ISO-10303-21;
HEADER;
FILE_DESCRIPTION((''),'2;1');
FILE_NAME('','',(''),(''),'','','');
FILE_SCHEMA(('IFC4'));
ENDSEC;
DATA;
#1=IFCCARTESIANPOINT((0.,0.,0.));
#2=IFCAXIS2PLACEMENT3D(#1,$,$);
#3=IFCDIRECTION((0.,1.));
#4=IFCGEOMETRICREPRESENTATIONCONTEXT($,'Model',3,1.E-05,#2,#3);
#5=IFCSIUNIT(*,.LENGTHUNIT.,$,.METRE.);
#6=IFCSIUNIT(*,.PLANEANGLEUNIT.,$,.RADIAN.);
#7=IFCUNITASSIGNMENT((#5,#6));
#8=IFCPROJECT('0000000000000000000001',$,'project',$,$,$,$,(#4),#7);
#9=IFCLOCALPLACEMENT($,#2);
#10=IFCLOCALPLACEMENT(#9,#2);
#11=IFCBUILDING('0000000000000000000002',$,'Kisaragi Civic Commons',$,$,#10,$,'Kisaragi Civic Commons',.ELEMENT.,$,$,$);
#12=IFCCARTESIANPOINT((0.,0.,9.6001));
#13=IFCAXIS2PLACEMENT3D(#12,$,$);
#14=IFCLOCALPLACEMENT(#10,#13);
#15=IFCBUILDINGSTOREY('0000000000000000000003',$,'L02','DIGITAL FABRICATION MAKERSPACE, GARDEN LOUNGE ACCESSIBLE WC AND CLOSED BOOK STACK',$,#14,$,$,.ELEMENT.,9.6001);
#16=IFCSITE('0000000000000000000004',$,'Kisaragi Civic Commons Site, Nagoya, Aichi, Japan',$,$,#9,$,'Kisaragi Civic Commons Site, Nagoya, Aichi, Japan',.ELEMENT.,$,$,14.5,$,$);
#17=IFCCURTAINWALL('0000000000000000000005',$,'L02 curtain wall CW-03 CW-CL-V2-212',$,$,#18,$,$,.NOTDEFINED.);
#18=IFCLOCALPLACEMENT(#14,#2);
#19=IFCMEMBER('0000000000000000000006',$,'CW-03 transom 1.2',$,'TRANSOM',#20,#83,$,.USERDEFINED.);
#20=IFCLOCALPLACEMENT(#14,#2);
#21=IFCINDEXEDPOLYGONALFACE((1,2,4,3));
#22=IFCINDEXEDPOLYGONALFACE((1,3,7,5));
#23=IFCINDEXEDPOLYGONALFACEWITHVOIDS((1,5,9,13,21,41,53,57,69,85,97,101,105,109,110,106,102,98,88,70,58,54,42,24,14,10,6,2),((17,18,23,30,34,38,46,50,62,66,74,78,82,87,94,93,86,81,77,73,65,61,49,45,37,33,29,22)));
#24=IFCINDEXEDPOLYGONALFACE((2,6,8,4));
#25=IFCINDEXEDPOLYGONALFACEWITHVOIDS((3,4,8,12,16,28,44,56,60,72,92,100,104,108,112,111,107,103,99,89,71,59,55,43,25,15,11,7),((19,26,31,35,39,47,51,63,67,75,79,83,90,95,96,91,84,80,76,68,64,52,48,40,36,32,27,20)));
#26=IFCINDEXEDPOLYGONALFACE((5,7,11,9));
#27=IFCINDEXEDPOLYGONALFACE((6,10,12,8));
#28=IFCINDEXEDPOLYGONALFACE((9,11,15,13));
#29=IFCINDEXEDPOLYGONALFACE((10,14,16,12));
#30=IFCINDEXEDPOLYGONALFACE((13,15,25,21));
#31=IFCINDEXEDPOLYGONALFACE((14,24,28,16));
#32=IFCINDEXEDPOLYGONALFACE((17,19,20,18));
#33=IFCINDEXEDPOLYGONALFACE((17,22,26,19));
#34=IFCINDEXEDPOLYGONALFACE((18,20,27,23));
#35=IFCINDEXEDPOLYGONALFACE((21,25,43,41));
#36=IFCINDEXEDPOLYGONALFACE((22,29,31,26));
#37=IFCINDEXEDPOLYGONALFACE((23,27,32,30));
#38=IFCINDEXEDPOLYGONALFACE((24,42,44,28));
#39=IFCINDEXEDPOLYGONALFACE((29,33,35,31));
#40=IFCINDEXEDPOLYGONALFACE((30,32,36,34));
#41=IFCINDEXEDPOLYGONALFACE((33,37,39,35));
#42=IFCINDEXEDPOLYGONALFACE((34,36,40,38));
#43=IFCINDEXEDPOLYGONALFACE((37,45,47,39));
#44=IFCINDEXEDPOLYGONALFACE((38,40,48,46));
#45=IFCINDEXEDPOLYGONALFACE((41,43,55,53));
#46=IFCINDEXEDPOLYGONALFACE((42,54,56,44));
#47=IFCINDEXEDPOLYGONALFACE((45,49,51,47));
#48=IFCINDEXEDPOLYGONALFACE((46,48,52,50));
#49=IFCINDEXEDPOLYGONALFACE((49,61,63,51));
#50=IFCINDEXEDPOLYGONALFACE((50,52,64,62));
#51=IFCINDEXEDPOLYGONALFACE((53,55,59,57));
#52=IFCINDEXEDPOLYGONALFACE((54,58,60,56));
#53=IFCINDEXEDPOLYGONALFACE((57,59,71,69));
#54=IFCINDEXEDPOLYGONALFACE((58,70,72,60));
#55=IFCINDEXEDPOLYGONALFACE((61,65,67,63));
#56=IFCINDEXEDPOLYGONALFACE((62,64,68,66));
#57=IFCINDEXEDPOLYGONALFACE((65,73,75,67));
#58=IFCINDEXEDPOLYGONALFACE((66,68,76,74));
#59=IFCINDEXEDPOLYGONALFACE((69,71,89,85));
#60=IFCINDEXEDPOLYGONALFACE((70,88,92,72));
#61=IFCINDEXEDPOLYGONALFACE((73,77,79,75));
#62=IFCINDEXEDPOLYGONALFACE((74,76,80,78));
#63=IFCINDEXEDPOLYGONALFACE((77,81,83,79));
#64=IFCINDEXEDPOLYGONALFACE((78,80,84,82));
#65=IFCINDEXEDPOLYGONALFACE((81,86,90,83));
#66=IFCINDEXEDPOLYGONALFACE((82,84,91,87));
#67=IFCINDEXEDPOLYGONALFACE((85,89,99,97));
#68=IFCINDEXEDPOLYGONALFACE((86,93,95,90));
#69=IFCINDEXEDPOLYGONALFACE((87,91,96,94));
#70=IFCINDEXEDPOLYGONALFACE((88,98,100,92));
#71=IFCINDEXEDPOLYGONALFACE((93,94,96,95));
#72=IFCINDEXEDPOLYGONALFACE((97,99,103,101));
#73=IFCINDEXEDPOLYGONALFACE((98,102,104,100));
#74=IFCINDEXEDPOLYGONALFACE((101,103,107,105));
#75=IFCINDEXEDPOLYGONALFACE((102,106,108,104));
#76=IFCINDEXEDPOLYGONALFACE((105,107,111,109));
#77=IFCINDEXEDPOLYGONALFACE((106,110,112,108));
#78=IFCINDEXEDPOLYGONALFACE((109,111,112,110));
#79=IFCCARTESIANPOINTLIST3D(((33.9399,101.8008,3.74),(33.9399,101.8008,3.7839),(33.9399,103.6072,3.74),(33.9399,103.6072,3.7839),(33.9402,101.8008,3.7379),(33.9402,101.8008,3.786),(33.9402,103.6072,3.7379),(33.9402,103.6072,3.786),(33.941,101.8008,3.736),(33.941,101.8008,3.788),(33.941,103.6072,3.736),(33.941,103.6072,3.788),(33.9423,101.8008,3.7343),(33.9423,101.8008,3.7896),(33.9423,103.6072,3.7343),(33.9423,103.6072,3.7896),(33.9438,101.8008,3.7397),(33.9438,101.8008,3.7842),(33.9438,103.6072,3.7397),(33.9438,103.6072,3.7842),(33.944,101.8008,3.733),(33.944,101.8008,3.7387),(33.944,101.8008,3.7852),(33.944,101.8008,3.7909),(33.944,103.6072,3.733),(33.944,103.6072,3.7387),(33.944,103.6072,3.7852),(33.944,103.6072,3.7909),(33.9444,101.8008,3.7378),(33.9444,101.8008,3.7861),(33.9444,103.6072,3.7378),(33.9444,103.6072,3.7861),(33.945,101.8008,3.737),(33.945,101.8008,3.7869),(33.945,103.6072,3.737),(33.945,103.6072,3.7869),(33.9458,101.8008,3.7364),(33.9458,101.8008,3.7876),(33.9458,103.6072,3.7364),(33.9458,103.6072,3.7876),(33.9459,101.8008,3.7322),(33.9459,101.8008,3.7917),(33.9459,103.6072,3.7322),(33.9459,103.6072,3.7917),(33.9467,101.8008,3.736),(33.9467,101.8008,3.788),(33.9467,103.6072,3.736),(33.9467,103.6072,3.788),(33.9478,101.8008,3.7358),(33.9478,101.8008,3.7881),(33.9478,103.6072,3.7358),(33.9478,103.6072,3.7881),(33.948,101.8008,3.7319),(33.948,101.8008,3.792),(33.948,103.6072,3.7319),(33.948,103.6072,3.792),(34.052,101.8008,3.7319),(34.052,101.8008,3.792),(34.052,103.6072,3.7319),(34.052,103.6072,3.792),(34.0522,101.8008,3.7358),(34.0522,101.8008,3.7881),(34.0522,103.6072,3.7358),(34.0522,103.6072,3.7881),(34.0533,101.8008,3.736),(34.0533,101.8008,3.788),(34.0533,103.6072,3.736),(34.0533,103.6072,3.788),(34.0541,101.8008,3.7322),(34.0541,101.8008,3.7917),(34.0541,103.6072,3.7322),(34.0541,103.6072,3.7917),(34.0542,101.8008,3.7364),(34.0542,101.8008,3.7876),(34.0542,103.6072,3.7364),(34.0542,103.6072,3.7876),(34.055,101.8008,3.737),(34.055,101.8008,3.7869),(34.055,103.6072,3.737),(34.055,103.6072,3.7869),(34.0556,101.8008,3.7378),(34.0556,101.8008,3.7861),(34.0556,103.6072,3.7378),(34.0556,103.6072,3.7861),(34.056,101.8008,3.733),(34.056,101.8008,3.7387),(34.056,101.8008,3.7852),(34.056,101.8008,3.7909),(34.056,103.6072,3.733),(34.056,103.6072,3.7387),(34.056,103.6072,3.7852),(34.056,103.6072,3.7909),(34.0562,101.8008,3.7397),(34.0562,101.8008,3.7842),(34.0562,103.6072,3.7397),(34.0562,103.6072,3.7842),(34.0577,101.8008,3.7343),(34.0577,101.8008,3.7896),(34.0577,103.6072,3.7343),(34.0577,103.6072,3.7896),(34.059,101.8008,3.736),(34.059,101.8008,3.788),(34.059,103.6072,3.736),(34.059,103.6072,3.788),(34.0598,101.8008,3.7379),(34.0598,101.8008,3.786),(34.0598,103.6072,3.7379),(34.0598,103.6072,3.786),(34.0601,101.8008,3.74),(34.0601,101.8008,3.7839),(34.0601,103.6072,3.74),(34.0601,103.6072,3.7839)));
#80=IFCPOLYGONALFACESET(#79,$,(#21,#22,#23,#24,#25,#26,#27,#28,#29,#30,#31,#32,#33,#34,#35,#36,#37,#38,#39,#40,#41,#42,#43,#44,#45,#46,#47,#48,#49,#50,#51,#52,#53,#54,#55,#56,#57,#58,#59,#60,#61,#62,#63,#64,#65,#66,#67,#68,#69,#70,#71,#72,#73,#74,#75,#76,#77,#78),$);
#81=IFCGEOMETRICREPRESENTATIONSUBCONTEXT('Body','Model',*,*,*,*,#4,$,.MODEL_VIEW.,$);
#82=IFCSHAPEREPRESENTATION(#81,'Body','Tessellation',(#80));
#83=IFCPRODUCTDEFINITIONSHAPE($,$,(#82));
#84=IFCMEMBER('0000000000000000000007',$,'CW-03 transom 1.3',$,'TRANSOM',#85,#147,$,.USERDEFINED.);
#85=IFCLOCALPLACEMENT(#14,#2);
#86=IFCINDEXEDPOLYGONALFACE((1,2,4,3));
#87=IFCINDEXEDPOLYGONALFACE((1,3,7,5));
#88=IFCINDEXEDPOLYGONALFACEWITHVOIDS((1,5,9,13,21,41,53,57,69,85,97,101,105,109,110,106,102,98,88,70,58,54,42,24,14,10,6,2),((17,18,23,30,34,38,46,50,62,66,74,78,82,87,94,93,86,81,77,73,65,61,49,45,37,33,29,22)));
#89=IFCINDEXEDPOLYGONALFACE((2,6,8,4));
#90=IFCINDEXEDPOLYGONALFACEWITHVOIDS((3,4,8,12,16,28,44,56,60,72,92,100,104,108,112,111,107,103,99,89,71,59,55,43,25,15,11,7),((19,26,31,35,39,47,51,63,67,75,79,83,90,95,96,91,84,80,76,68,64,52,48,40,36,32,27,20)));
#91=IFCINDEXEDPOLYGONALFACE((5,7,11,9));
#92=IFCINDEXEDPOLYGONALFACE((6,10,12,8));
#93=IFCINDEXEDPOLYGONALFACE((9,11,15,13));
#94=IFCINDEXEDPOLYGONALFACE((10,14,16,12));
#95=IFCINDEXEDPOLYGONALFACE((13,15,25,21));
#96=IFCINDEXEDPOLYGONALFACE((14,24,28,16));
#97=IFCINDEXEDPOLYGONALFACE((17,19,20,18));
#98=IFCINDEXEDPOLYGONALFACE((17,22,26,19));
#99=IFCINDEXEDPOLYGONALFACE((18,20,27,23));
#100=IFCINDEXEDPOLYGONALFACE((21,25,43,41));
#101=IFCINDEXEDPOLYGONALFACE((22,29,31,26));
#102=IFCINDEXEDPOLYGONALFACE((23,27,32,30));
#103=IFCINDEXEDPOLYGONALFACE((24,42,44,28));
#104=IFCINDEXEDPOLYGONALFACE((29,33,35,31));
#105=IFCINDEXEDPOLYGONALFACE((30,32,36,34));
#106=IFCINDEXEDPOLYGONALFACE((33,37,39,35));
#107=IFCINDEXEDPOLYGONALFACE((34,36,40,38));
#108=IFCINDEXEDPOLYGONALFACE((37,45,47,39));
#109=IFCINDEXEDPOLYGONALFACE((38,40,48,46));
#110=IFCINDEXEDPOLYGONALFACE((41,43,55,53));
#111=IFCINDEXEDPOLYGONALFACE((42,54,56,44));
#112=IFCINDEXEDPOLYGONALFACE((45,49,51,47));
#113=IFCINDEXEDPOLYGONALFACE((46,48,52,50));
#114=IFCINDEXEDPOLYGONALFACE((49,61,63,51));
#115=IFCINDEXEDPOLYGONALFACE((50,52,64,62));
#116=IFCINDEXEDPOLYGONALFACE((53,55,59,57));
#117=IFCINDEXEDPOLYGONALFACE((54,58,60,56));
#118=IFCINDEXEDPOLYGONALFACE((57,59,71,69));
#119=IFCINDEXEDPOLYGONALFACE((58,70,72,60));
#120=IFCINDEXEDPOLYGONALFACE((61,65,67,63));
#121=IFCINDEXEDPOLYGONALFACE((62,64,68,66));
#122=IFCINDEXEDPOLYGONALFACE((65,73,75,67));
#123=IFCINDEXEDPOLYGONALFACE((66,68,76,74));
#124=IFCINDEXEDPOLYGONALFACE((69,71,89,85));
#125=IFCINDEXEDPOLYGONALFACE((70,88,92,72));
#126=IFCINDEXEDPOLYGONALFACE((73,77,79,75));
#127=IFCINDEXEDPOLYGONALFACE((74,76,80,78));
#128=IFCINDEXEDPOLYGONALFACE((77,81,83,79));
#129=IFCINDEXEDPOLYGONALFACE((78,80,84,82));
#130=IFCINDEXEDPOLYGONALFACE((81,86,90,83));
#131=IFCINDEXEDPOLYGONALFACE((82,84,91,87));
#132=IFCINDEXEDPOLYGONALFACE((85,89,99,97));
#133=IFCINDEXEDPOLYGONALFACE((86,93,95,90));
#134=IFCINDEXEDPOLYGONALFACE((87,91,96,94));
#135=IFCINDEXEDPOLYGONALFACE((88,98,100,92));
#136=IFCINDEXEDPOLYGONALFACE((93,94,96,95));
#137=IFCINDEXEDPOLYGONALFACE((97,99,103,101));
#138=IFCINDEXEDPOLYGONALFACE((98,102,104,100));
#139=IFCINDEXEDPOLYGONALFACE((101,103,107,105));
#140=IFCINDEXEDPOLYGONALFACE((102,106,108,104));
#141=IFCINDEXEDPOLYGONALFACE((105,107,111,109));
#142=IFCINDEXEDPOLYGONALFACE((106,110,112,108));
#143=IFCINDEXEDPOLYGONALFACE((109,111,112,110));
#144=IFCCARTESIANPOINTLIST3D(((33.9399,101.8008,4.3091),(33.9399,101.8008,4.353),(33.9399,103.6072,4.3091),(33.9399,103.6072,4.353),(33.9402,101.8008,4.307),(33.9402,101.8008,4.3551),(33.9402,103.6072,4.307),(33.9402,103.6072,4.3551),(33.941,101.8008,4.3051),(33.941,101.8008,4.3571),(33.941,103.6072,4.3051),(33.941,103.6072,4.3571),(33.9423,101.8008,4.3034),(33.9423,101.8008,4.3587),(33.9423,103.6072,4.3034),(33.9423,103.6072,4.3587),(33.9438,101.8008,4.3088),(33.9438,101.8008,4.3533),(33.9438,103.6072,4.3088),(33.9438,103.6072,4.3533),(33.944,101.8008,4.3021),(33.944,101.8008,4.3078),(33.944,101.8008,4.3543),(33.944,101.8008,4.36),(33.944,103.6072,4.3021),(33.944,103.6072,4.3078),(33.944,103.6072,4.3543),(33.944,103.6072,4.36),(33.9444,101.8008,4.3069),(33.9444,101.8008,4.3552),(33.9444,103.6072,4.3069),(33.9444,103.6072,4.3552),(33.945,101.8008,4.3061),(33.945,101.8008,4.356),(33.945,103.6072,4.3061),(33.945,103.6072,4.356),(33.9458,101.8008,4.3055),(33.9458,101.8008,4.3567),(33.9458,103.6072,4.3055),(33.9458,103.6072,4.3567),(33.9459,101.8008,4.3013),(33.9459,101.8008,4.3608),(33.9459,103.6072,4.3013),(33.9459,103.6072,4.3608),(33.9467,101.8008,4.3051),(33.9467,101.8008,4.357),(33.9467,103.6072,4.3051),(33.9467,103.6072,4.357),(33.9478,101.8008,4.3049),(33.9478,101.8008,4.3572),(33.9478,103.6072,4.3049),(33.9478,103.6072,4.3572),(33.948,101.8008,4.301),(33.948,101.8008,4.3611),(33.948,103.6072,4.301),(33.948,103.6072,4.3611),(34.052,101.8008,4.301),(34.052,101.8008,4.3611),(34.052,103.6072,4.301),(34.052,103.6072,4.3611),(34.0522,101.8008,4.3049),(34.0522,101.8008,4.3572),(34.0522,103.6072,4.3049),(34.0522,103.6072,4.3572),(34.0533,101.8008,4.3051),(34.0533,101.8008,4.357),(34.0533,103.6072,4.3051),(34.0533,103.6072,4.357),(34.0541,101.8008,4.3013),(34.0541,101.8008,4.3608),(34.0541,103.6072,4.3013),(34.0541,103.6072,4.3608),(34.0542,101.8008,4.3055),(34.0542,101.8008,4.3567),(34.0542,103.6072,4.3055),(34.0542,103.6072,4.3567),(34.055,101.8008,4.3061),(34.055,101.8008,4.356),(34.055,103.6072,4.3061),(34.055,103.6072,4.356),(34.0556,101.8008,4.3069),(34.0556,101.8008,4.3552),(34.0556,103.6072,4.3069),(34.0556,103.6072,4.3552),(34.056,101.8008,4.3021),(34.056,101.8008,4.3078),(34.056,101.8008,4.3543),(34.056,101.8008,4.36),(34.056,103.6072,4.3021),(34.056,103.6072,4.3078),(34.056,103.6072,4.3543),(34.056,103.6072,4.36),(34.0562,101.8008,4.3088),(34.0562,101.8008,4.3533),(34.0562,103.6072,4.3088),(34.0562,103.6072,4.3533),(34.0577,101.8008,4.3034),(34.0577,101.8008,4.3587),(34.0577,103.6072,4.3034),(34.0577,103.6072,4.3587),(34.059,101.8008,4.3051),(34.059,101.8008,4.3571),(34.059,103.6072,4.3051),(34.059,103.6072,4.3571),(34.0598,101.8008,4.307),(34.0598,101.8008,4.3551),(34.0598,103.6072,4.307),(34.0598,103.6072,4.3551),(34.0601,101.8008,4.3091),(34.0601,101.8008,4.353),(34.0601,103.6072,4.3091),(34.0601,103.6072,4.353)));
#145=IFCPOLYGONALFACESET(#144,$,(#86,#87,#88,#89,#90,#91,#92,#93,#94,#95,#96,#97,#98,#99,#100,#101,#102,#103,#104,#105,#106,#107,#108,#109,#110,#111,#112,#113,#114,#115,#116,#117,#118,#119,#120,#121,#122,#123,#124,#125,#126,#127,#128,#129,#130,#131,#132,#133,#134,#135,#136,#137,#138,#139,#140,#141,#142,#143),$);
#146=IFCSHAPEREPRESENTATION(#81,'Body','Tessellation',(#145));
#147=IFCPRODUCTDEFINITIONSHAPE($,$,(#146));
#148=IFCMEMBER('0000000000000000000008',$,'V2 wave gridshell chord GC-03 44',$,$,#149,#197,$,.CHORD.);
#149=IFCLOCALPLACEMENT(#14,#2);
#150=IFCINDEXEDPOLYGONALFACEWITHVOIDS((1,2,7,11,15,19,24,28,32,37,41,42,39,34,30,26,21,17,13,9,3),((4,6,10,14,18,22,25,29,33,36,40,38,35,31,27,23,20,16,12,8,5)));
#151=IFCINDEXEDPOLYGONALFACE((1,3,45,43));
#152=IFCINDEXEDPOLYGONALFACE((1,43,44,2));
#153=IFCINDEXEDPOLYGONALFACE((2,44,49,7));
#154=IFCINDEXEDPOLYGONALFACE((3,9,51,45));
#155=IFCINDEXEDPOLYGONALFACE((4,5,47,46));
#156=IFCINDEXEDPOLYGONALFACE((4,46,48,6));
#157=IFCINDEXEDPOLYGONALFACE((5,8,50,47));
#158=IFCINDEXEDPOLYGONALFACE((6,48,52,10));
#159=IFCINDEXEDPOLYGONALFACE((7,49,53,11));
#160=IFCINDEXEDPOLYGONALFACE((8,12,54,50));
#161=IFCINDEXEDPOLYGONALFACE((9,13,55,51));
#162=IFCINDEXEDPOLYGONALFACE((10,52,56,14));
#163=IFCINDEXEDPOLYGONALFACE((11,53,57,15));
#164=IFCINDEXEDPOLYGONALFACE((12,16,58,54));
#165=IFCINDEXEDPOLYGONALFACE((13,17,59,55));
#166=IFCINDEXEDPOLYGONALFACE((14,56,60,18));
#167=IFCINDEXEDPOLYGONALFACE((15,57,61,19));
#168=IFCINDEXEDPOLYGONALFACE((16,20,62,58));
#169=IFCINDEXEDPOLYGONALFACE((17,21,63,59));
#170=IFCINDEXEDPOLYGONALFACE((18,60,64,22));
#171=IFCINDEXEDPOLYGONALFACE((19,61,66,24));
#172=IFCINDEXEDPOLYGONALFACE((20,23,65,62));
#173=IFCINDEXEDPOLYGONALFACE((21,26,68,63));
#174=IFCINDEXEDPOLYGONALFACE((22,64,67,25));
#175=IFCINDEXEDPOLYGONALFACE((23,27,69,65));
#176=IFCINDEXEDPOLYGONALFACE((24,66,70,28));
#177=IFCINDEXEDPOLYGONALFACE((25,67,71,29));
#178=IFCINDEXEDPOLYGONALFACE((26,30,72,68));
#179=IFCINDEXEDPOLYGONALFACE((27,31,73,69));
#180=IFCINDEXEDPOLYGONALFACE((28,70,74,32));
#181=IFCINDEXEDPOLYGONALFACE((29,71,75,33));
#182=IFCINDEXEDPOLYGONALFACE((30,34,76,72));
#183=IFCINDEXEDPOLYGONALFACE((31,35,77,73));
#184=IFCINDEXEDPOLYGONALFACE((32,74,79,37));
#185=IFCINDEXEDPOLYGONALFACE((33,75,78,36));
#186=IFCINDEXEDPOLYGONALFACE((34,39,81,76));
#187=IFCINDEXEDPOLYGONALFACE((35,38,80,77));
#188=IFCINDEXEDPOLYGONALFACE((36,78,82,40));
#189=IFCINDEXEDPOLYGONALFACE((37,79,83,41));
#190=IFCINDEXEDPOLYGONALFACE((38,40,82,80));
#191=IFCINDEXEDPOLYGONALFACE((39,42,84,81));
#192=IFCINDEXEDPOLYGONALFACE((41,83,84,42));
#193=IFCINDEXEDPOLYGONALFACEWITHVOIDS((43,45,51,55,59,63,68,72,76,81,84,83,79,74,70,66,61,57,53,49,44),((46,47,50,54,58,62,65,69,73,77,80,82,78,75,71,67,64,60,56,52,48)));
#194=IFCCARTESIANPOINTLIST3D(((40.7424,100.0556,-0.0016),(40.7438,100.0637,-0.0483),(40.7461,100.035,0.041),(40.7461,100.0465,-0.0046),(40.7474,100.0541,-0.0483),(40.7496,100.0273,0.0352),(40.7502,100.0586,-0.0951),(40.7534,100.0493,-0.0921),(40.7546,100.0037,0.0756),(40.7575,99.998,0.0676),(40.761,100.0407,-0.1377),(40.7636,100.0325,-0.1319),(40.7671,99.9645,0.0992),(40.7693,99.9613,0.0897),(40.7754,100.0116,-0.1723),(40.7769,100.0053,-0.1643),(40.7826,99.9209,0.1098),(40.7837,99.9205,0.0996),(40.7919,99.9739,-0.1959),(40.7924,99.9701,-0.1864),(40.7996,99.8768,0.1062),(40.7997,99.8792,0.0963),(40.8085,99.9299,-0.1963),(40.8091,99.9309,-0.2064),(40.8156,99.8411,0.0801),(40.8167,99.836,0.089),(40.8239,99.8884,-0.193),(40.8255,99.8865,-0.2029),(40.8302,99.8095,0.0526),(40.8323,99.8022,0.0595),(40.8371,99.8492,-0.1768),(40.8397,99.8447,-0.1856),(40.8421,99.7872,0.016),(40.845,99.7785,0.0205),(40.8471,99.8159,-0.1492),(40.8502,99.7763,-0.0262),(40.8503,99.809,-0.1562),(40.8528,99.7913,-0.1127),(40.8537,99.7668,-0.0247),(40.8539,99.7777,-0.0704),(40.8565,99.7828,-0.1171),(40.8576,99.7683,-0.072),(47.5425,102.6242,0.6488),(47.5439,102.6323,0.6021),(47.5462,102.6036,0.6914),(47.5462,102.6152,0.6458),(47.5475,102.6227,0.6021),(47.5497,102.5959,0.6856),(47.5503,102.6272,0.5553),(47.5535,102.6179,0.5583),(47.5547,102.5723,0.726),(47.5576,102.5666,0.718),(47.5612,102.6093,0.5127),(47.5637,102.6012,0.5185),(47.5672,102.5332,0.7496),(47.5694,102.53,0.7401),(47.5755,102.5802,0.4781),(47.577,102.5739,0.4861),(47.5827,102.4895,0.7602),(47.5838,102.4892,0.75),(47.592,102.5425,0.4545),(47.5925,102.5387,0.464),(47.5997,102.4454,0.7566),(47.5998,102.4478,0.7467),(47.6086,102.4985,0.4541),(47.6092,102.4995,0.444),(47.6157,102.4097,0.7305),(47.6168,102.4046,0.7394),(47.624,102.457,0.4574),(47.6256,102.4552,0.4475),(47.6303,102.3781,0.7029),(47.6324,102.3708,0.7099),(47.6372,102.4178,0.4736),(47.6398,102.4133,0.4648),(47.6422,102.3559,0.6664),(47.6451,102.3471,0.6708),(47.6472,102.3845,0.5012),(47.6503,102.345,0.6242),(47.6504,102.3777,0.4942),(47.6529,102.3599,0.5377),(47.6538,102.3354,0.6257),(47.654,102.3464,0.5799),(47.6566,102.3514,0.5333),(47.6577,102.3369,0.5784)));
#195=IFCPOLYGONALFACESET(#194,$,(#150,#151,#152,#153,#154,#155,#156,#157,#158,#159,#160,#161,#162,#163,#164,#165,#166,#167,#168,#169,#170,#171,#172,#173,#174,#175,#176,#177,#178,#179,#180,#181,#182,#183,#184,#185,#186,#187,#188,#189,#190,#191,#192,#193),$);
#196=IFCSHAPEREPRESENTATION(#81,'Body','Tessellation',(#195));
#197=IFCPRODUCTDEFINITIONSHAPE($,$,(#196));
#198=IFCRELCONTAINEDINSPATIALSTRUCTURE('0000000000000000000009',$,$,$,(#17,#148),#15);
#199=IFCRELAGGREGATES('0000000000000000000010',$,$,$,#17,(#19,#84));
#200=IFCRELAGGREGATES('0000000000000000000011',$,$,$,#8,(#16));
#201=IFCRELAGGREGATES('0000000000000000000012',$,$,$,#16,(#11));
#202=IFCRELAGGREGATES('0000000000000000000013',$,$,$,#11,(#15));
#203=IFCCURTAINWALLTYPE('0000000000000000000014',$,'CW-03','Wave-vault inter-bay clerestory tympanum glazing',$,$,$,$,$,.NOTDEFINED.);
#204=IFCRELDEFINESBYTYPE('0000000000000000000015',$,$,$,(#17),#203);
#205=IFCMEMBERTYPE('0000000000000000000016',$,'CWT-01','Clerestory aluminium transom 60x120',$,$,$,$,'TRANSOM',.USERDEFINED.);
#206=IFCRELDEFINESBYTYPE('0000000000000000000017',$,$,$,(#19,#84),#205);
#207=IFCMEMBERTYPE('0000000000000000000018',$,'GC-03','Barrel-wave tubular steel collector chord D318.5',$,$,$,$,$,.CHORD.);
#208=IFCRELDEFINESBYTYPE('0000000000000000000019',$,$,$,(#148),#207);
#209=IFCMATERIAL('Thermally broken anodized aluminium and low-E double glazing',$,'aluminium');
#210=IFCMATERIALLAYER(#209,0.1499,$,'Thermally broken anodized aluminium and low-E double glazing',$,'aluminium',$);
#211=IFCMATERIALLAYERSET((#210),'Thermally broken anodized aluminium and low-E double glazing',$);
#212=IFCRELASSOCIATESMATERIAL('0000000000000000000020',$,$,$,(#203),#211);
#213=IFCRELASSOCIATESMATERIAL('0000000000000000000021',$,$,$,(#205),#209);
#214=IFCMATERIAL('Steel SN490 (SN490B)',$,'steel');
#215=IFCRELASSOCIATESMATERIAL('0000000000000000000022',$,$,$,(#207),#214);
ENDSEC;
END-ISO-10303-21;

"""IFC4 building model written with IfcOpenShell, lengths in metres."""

from ifc_helpers import new_model, si_unit, direction, frame, origin, origin_2d, place, context, subcontext, project, spatial, hollow_rectangle, hollow_circle, extrude, material, layer, layer_set, material_profile, profile_set, type_object, element, aggregate, save


model = new_model("IFC4")

# Units and contexts
model_context = context("Model", 3, precision=1e-05, world=origin(), true_north=direction((0.0, 1.0)))
body_context = subcontext(model_context, "Body", "Model", "MODEL_VIEW")
ifc_project = project(units=[si_unit("LENGTHUNIT", "METRE"), si_unit("PLANEANGLEUNIT", "RADIAN")], contexts=[model_context])

# Site, building, storey
site_placement = place(None, origin())
site = spatial("IfcSite", under=ifc_project, at=site_placement, Name="Kisaragi Civic Commons Site, Nagoya, Aichi, Japan", LongName="Kisaragi Civic Commons Site, Nagoya, Aichi, Japan", CompositionType="ELEMENT", RefElevation=14.5)
building_placement = place(site_placement, origin())
building = spatial("IfcBuilding", under=site, at=building_placement, Name="Kisaragi Civic Commons", LongName="Kisaragi Civic Commons", CompositionType="ELEMENT")
storey_placement = place(building_placement, frame((0.0, 0.0, 9.6001)))
storey = spatial("IfcBuildingStorey", under=building, at=storey_placement, Name="L02", Description="DIGITAL FABRICATION MAKERSPACE, GARDEN LOUNGE ACCESSIBLE WC AND CLOSED BOOK STACK", CompositionType="ELEMENT", Elevation=9.6001)

# Shared definitions
ifc_material_1 = material(Name="Thermally broken anodized aluminium and low-E double glazing", Category="aluminium")
ifc_layer_1 = layer(ifc_material_1, 0.1499, Name="Thermally broken anodized aluminium and low-E double glazing", Category="aluminium")
ifc_layer_set_1 = layer_set([ifc_layer_1], Name="Thermally broken anodized aluminium and low-E double glazing")
curtain_wall_type = type_object("IfcCurtainWallType", Name="CW-03", Description="Wave-vault inter-bay clerestory tympanum glazing", PredefinedType="NOTDEFINED", material=ifc_layer_set_1)

# Curtain wall, members
curtain_wall_1_placement = place(storey_placement, origin())
curtain_wall_1 = element("IfcCurtainWall", 1, at=curtain_wall_1_placement, inside=storey, type_object=curtain_wall_type, Name="L02 curtain wall CW-03 CW-CL-V2-212", PredefinedType="NOTDEFINED")
ifc_material_profile_1 = material_profile(ifc_material_1, hollow_rectangle(XDim=0.1201, YDim=0.0601, WallThickness=0.0039, InnerFilletRadius=0.0039, OuterFilletRadius=0.0081, at=origin_2d()), Name="CWT-60x120x4", Category="aluminium")
ifc_profile_set_1 = profile_set([ifc_material_profile_1], Name="Thermally broken anodized aluminium and low-E double glazing")
member_type_1 = type_object("IfcMemberType", Name="CWT-01", Description="Clerestory aluminium transom 60x120", ElementType="TRANSOM", PredefinedType="USERDEFINED", material=ifc_profile_set_1)
member_1_placement = place(storey_placement, frame((34.0, 101.8008, 3.762), z_axis=(0.0, 1.0, 0.0), x_axis=(-1.0, 0.0, 0.0)))
member_1 = element("IfcMember", 2, at=member_1_placement, type_object=member_type_1, Name="CW-03 transom 1.2", ObjectType="TRANSOM", PredefinedType="USERDEFINED", context=body_context, shape_type="SweptSolid", body=[
    extrude(hollow_rectangle(XDim=0.1201, YDim=0.0601, WallThickness=0.0039, InnerFilletRadius=0.0039, OuterFilletRadius=0.0081, at=origin_2d()), origin(), (0.0, 0.0, 1.0), 1.8064),
])
member_2_placement = place(storey_placement, frame((34.0, 101.8008, 4.3311), z_axis=(0.0, 1.0, 0.0), x_axis=(-1.0, 0.0, 0.0)))
member_2 = element("IfcMember", 3, at=member_2_placement, type_object=member_type_1, Name="CW-03 transom 1.3", ObjectType="TRANSOM", PredefinedType="USERDEFINED", context=body_context, shape_type="SweptSolid", body=[
    extrude(hollow_rectangle(XDim=0.1201, YDim=0.0601, WallThickness=0.0039, InnerFilletRadius=0.0039, OuterFilletRadius=0.0081, at=origin_2d()), origin(), (0.0, 0.0, 1.0), 1.8064),
])

# Member
ifc_material_2 = material(Name="Steel SN490 (SN490B)", Category="steel")
ifc_material_profile_2 = material_profile(ifc_material_2, hollow_circle(Radius=0.1592, WallThickness=0.0103, at=origin_2d()), Name="CHS-318.5x10.3", Category="steel")
ifc_profile_set_2 = profile_set([ifc_material_profile_2], Name="Steel SN490 (SN490B)")
member_type_2 = type_object("IfcMemberType", Name="GC-03", Description="Barrel-wave tubular steel collector chord D318.5", PredefinedType="CHORD", material=ifc_profile_set_2)
member_3_placement = place(storey_placement, frame((40.8, 99.9148, -0.0483), z_axis=(0.931764, 0.351958, 0.089119), x_axis=(-0.353364, 0.935486, 0.0)))
element("IfcMember", 4, at=member_3_placement, inside=storey, type_object=member_type_2, Name="V2 wave gridshell chord GC-03 44", PredefinedType="CHORD", context=body_context, shape_type="SweptSolid", body=[
    extrude(hollow_circle(Radius=0.1592, WallThickness=0.0103, at=origin_2d()), origin(), (0.0, 0.0, 1.0), 7.2981),
])

aggregate(curtain_wall_1, [member_1, member_2])

save(model, "model.ifc")
